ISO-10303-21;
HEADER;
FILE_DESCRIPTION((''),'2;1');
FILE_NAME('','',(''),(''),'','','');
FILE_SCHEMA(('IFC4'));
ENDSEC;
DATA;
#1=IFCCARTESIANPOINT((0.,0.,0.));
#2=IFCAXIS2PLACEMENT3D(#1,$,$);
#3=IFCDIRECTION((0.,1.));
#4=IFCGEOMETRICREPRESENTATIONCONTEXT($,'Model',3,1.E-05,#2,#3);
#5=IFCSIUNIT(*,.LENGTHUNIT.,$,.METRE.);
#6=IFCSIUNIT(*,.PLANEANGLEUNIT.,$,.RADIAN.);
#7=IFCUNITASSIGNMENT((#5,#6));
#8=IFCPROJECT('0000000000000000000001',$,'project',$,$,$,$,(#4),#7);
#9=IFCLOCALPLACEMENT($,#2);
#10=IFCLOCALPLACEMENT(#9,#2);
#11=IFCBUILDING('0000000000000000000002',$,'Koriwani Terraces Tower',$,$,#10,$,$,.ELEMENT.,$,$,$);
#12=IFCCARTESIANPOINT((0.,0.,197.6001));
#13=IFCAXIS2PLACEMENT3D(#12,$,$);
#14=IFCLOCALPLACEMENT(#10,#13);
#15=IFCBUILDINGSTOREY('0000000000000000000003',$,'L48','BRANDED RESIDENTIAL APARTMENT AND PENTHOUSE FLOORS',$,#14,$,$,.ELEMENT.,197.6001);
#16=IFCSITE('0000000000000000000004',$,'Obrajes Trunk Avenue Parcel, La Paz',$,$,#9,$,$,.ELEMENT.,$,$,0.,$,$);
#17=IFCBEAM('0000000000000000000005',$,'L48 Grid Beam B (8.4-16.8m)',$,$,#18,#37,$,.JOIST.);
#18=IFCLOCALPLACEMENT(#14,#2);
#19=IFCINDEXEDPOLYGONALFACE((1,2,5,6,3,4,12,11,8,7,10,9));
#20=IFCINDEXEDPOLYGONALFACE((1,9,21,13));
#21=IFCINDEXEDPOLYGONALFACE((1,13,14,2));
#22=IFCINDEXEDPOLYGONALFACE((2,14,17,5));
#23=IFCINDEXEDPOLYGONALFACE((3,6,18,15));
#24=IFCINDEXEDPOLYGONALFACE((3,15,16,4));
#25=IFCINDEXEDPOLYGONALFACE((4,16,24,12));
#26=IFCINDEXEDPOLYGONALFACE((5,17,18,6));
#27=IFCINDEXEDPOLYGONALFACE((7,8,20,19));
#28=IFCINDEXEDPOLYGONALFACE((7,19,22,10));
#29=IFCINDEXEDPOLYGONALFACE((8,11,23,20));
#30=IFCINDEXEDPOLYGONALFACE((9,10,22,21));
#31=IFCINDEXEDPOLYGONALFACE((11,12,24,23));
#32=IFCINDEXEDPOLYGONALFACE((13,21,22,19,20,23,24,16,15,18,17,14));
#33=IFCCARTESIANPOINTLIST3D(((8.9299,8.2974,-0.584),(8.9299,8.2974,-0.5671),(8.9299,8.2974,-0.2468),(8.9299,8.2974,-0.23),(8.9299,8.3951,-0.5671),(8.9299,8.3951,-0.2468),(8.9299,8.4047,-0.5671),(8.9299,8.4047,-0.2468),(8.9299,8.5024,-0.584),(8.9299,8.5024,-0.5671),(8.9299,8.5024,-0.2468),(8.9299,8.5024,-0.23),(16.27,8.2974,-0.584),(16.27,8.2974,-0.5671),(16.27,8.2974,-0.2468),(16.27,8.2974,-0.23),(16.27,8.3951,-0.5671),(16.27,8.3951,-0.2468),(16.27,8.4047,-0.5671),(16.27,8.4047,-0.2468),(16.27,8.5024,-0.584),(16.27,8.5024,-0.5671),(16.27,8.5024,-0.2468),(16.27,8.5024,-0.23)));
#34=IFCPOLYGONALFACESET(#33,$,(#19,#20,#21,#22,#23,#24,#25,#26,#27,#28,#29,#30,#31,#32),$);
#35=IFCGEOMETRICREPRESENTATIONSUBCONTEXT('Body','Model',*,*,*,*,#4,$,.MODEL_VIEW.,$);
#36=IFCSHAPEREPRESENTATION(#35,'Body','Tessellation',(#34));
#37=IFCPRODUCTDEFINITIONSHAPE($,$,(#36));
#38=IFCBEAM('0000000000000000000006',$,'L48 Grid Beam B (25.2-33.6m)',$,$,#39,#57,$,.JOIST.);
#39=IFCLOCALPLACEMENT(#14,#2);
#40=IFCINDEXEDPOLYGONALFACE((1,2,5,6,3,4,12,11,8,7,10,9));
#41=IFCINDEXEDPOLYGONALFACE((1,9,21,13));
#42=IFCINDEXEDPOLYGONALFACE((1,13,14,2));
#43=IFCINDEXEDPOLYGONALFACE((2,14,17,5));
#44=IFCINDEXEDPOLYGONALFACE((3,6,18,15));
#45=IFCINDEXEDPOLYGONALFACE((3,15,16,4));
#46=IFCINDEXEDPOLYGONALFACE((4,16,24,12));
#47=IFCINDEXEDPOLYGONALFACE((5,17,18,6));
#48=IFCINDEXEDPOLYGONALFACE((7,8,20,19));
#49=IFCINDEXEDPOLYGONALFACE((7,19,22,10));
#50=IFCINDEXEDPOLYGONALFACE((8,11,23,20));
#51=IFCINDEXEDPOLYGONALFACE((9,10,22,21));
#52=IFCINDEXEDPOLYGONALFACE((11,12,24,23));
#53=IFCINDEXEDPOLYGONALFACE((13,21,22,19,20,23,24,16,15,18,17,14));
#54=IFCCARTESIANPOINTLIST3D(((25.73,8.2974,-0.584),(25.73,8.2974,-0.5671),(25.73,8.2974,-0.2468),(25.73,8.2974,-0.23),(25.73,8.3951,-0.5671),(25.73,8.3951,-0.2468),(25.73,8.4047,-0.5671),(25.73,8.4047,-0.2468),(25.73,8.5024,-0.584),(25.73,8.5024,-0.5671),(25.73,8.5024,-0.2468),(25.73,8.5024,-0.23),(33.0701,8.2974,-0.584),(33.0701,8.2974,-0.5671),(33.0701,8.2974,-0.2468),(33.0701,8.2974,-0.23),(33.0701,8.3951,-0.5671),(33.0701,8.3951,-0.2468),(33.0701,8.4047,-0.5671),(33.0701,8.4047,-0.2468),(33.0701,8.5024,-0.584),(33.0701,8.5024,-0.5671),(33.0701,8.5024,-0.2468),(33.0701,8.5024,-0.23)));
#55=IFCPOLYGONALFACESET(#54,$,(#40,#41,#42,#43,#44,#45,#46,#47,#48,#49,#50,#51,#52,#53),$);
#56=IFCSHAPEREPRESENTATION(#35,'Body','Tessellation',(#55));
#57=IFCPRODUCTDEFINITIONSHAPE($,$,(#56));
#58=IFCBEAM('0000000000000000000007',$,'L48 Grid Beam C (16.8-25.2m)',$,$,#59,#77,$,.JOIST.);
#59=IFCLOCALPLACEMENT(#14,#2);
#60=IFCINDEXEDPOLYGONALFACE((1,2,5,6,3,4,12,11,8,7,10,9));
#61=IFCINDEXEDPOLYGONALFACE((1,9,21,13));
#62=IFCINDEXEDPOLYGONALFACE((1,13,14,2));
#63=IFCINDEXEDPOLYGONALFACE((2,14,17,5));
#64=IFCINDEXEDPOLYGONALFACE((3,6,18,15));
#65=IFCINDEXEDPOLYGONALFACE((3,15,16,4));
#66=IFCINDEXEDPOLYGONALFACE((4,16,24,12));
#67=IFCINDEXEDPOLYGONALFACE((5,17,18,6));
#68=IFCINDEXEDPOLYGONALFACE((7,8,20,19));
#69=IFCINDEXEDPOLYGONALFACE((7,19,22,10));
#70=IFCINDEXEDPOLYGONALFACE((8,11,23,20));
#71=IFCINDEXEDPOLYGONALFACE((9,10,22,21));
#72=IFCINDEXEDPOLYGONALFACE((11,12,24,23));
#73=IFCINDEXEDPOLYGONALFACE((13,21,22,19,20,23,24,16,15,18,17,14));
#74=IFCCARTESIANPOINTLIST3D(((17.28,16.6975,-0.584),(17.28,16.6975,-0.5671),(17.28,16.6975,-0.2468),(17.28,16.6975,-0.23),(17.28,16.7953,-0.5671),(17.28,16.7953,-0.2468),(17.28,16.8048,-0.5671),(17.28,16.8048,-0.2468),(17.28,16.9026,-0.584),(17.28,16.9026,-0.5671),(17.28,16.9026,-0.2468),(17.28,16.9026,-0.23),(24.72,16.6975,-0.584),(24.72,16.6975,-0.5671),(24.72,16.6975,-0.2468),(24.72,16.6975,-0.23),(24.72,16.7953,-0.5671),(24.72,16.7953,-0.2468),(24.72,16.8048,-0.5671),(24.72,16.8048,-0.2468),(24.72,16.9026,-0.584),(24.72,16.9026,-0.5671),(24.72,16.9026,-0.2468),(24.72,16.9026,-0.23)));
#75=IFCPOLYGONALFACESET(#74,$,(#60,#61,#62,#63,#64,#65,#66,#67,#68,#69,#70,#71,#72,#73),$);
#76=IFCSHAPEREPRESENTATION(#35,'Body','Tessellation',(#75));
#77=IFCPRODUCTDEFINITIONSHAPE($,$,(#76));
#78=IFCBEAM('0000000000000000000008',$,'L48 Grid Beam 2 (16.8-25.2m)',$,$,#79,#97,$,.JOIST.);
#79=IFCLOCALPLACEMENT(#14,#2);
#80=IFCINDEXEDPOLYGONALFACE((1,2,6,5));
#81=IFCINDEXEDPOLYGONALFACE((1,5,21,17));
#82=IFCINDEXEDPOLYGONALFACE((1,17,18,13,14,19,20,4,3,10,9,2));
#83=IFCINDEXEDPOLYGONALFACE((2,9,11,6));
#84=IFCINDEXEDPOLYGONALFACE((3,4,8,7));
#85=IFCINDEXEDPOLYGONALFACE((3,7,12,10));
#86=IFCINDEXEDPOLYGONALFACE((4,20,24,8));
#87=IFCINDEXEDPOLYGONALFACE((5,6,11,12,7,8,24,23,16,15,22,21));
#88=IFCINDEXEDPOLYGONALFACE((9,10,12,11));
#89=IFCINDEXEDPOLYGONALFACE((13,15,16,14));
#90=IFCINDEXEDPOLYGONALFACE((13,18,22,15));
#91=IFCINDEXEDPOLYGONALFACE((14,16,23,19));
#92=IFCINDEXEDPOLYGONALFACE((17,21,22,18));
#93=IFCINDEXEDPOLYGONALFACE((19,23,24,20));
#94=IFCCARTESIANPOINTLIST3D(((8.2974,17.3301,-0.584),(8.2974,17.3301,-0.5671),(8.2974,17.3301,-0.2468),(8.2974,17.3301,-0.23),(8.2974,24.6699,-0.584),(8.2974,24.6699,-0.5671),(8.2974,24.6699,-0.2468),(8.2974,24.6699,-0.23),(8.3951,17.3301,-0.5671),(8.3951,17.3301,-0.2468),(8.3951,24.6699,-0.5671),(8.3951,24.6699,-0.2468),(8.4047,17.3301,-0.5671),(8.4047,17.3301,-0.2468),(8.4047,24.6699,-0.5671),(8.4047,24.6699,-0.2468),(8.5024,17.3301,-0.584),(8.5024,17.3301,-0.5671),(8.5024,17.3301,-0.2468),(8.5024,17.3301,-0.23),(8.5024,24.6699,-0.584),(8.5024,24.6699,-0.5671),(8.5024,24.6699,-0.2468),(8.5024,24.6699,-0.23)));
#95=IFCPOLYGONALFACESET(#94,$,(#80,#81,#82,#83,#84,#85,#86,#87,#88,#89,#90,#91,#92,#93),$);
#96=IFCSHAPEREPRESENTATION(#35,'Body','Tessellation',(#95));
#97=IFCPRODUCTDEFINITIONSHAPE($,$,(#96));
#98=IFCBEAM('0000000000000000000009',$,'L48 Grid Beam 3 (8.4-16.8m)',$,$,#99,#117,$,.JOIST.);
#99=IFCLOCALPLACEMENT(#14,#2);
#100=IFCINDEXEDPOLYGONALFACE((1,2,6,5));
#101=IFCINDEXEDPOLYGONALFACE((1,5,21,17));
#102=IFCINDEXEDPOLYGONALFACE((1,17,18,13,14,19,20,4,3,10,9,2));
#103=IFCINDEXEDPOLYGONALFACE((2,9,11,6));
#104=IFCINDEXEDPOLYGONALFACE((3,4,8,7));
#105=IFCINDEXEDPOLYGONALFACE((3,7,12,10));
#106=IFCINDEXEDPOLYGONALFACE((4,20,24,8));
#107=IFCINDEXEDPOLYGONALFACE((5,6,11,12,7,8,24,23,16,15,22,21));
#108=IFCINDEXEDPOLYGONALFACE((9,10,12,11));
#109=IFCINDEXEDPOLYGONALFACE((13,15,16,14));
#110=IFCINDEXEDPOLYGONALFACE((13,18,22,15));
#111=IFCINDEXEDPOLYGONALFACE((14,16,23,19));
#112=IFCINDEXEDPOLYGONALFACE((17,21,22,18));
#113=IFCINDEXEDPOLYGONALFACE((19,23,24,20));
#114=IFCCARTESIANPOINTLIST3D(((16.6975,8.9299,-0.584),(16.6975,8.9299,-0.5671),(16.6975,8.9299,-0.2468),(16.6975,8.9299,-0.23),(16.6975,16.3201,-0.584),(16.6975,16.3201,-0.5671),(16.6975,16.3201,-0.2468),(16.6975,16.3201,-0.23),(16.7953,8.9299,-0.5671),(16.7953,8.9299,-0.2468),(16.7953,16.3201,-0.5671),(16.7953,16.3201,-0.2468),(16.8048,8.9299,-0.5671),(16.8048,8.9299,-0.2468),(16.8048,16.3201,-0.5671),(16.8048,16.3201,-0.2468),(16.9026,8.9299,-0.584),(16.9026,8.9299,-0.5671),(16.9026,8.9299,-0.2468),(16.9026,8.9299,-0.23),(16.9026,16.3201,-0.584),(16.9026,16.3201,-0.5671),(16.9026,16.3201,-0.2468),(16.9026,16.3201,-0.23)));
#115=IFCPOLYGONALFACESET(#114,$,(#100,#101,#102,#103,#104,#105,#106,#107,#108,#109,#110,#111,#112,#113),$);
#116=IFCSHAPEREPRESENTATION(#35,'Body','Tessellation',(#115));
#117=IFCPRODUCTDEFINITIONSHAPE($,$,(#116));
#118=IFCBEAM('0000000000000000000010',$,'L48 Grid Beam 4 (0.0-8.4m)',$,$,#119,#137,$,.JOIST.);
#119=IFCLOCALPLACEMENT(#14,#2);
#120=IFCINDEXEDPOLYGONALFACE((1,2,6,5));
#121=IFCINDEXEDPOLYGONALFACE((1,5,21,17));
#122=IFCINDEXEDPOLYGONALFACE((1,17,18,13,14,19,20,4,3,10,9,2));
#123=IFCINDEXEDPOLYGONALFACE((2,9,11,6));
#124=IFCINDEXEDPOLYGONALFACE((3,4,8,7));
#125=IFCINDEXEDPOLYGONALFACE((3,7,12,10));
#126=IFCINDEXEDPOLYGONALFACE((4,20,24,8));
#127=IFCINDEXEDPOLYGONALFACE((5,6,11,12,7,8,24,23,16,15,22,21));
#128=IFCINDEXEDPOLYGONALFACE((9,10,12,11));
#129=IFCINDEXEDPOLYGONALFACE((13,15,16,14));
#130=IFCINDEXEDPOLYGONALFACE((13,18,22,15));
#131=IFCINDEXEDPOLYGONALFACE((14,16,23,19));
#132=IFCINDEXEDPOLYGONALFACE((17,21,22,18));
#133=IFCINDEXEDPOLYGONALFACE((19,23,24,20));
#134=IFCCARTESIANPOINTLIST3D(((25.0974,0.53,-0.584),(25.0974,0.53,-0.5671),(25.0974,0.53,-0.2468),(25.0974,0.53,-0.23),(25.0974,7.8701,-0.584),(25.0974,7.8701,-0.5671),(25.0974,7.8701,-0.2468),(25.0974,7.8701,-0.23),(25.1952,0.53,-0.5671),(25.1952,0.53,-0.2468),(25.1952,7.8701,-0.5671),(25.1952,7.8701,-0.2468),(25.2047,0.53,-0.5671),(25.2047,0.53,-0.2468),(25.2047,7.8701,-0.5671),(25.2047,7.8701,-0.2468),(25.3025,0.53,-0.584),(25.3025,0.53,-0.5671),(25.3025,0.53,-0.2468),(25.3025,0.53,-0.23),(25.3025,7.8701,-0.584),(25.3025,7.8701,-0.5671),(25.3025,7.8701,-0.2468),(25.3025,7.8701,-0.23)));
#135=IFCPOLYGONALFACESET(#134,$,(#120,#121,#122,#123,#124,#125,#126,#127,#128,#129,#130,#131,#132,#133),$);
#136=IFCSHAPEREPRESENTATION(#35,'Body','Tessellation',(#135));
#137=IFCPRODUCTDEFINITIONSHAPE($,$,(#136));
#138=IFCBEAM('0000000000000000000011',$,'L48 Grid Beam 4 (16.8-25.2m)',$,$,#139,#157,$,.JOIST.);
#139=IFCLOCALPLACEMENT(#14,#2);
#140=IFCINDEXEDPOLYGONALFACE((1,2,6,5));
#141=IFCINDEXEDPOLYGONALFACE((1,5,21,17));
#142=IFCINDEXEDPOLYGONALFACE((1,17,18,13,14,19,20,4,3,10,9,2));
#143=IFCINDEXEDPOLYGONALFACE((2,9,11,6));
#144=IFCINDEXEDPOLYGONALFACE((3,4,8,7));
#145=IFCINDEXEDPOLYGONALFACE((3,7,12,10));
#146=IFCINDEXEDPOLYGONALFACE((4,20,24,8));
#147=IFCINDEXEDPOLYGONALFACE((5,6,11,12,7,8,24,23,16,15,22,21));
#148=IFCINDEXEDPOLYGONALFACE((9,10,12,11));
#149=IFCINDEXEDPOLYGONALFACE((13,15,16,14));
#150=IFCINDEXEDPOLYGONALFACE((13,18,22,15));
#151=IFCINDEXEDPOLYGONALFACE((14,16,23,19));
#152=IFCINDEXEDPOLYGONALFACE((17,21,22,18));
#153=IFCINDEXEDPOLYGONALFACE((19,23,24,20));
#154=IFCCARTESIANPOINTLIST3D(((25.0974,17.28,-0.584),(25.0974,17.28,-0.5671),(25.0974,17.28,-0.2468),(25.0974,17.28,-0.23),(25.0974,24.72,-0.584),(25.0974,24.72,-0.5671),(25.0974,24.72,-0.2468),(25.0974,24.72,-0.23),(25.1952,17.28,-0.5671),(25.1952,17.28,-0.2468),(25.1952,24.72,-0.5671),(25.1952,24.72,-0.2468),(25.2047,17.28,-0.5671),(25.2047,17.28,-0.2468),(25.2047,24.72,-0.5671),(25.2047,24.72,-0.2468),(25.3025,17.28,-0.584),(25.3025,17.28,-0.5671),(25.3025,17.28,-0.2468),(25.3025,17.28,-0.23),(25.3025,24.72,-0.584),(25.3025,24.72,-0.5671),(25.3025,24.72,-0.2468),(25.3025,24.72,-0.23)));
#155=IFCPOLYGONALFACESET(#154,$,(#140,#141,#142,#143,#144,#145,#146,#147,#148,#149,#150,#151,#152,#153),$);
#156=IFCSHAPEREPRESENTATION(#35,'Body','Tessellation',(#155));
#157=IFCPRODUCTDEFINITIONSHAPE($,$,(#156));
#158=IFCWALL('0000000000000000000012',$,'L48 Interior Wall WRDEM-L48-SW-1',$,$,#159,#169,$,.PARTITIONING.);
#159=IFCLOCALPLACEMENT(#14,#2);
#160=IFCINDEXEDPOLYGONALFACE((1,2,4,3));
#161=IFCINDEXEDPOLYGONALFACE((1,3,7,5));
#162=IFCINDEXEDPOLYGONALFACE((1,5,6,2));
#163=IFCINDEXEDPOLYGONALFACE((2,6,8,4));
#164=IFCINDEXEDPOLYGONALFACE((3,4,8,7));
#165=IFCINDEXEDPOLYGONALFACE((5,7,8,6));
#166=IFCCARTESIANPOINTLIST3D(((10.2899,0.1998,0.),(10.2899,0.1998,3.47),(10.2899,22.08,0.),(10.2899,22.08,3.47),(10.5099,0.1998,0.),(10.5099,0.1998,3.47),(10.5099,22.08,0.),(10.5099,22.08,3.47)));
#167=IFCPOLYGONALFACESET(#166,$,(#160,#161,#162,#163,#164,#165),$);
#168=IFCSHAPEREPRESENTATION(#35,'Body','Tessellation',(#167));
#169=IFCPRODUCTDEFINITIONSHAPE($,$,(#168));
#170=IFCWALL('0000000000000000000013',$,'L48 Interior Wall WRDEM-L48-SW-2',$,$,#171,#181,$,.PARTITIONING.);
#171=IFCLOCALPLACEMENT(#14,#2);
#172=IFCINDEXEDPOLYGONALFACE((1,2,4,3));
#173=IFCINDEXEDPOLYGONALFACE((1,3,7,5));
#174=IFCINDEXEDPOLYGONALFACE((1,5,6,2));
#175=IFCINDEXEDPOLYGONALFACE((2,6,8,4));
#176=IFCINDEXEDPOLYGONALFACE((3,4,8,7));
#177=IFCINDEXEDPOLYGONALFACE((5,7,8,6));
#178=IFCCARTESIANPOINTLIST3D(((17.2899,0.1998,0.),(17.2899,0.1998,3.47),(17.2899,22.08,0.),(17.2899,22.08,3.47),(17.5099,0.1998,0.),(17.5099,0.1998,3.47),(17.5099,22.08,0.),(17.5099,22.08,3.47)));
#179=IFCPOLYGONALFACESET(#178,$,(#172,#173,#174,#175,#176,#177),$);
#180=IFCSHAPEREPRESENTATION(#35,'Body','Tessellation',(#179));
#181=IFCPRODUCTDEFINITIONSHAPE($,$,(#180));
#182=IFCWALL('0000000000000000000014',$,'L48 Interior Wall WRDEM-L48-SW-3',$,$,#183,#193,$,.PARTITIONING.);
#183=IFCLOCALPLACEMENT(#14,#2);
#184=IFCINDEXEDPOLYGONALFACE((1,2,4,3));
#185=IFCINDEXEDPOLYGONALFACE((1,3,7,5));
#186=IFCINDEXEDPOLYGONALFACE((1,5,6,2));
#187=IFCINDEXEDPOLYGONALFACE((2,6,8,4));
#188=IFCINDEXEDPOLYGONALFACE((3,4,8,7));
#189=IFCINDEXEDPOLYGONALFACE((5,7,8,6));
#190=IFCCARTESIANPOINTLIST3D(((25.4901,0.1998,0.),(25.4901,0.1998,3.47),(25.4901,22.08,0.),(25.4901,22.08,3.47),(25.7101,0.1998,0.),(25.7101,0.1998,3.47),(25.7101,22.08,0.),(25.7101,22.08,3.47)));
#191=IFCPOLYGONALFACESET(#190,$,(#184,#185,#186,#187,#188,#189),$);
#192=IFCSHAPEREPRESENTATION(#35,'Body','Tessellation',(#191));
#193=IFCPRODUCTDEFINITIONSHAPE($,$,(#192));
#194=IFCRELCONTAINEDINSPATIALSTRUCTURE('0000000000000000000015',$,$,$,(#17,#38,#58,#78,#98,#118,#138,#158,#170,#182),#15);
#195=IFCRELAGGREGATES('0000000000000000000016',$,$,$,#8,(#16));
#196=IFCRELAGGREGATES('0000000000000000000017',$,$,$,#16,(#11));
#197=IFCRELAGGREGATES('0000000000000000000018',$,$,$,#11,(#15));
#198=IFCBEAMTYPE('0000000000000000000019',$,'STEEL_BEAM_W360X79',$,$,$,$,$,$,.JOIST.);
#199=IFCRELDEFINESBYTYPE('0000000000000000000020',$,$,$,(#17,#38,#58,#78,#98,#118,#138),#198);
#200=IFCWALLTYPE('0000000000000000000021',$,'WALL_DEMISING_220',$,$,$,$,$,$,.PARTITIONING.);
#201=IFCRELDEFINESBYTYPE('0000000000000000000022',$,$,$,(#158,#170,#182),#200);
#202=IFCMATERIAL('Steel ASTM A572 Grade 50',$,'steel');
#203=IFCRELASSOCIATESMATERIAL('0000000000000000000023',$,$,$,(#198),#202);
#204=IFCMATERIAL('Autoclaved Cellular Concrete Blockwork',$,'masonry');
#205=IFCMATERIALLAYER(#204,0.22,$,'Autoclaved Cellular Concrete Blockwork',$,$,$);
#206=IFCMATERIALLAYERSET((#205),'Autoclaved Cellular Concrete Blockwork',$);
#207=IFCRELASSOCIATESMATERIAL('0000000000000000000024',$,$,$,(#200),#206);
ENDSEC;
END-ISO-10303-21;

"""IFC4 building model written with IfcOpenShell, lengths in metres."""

from ifc_helpers import new_model, si_unit, direction, frame, frame_2d, origin, origin_2d, place, context, subcontext, project, spatial, rectangle, i_section, extrude, material, layer, layer_set, material_profile, profile_set, type_object, element, save


model = new_model("IFC4")

# Units and contexts
model_context = context("Model", 3, precision=1e-05, world=origin(), true_north=direction((0.0, 1.0)))
body_context = subcontext(model_context, "Body", "Model", "MODEL_VIEW")
ifc_project = project(units=[si_unit("LENGTHUNIT", "METRE"), si_unit("PLANEANGLEUNIT", "RADIAN")], contexts=[model_context])

# Site, building, storey
site_placement = place(None, origin())
site = spatial("IfcSite", under=ifc_project, at=site_placement, Name="Obrajes Trunk Avenue Parcel, La Paz", CompositionType="ELEMENT", RefElevation=0.0)
building_placement = place(site_placement, origin())
building = spatial("IfcBuilding", under=site, at=building_placement, Name="Koriwani Terraces Tower", CompositionType="ELEMENT")
storey_placement = place(building_placement, frame((0.0, 0.0, 197.6001)))
storey = spatial("IfcBuildingStorey", under=building, at=storey_placement, Name="L48", Description="BRANDED RESIDENTIAL APARTMENT AND PENTHOUSE FLOORS", CompositionType="ELEMENT", Elevation=197.6001)

# Beams
ifc_material_1 = material(Name="Steel ASTM A572 Grade 50", Category="steel")
ifc_material_profile_1 = material_profile(ifc_material_1, i_section(OverallWidth=0.2051, OverallDepth=0.354, WebThickness=0.0095, FlangeThickness=0.0168, at=origin_2d()), Name="Steel ASTM A572 Grade 50", Category="LoadBearing")
ifc_profile_set_1 = profile_set([ifc_material_profile_1], Name="Steel ASTM A572 Grade 50")
beam_type_1 = type_object("IfcBeamType", Name="STEEL_BEAM_W360X79", PredefinedType="JOIST", material=ifc_profile_set_1)
for number, where, z_axis, x_axis, name in (
    (1, (8.9299, 8.3999, -0.407), (1.0, 0.0, 0.0), (0.0, 1.0, 0.0), "L48 Grid Beam B (8.4-16.8m)"),
    (2, (25.73, 8.3999, -0.407), (1.0, 0.0, 0.0), (0.0, 1.0, 0.0), "L48 Grid Beam B (25.2-33.6m)"),
):
    element("IfcBeam", number, at=place(storey_placement, frame(where, z_axis=z_axis, x_axis=x_axis)), inside=storey, type_object=beam_type_1, Name=name, PredefinedType="JOIST", context=body_context, shape_type="SweptSolid", body=[
        extrude(i_section(OverallWidth=0.2051, OverallDepth=0.354, WebThickness=0.0095, FlangeThickness=0.0168, at=origin_2d()), origin(), (0.0, 0.0, 1.0), 7.3401),
    ])
beam_1_placement = place(storey_placement, frame((17.28, 16.8, -0.407), z_axis=(1.0, 0.0, 0.0), x_axis=(0.0, 1.0, 0.0)))
element("IfcBeam", 3, at=beam_1_placement, inside=storey, type_object=beam_type_1, Name="L48 Grid Beam C (16.8-25.2m)", PredefinedType="JOIST", context=body_context, shape_type="SweptSolid", body=[
    extrude(i_section(OverallWidth=0.2051, OverallDepth=0.354, WebThickness=0.0095, FlangeThickness=0.0168, at=origin_2d()), origin(), (0.0, 0.0, 1.0), 7.4399),
])
beam_2_placement = place(storey_placement, frame((8.3999, 17.3301, -0.407), z_axis=(0.0, 1.0, 0.0), x_axis=(-1.0, 0.0, 0.0)))
element("IfcBeam", 4, at=beam_2_placement, inside=storey, type_object=beam_type_1, Name="L48 Grid Beam 2 (16.8-25.2m)", PredefinedType="JOIST", context=body_context, shape_type="SweptSolid", body=[
    extrude(i_section(OverallWidth=0.2051, OverallDepth=0.354, WebThickness=0.0095, FlangeThickness=0.0168, at=origin_2d()), origin(), (0.0, 0.0, 1.0), 7.3398),
])
beam_3_placement = place(storey_placement, frame((16.8, 8.9299, -0.407), z_axis=(0.0, 1.0, 0.0), x_axis=(-1.0, 0.0, 0.0)))
element("IfcBeam", 5, at=beam_3_placement, inside=storey, type_object=beam_type_1, Name="L48 Grid Beam 3 (8.4-16.8m)", PredefinedType="JOIST", context=body_context, shape_type="SweptSolid", body=[
    extrude(i_section(OverallWidth=0.2051, OverallDepth=0.354, WebThickness=0.0095, FlangeThickness=0.0168, at=origin_2d()), origin(), (0.0, 0.0, 1.0), 7.3901),
])
beam_4_placement = place(storey_placement, frame((25.2, 0.53, -0.407), z_axis=(0.0, 1.0, 0.0), x_axis=(-1.0, 0.0, 0.0)))
element("IfcBeam", 6, at=beam_4_placement, inside=storey, type_object=beam_type_1, Name="L48 Grid Beam 4 (0.0-8.4m)", PredefinedType="JOIST", context=body_context, shape_type="SweptSolid", body=[
    extrude(i_section(OverallWidth=0.2051, OverallDepth=0.354, WebThickness=0.0095, FlangeThickness=0.0168, at=origin_2d()), origin(), (0.0, 0.0, 1.0), 7.3401),
])
beam_5_placement = place(storey_placement, frame((25.2, 17.28, -0.407), z_axis=(0.0, 1.0, 0.0), x_axis=(-1.0, 0.0, 0.0)))
element("IfcBeam", 7, at=beam_5_placement, inside=storey, type_object=beam_type_1, Name="L48 Grid Beam 4 (16.8-25.2m)", PredefinedType="JOIST", context=body_context, shape_type="SweptSolid", body=[
    extrude(i_section(OverallWidth=0.2051, OverallDepth=0.354, WebThickness=0.0095, FlangeThickness=0.0168, at=origin_2d()), origin(), (0.0, 0.0, 1.0), 7.4399),
])

# Walls
ifc_material_2 = material(Name="Autoclaved Cellular Concrete Blockwork", Category="masonry")
ifc_layer_1 = layer(ifc_material_2, 0.22, Name="Autoclaved Cellular Concrete Blockwork")
ifc_layer_set_1 = layer_set([ifc_layer_1], Name="Autoclaved Cellular Concrete Blockwork")
wall_type = type_object("IfcWallType", Name="WALL_DEMISING_220", PredefinedType="PARTITIONING", material=ifc_layer_set_1)
for number, where, z_axis, x_axis, name in (
    (8, (10.3999, 0.2, 0.0), (0.0, 0.0, 1.0), (0.0, 1.0, 0.0), "L48 Interior Wall WRDEM-L48-SW-1"),
    (9, (17.3999, 0.2, 0.0), (0.0, 0.0, 1.0), (0.0, 1.0, 0.0), "L48 Interior Wall WRDEM-L48-SW-2"),
    (10, (25.6001, 0.2, 0.0), (0.0, 0.0, 1.0), (0.0, 1.0, 0.0), "L48 Interior Wall WRDEM-L48-SW-3"),
):
    element("IfcWall", number, at=place(storey_placement, frame(where, z_axis=z_axis, x_axis=x_axis)), inside=storey, type_object=wall_type, Name=name, PredefinedType="PARTITIONING", context=body_context, shape_type="SweptSolid", body=[
        extrude(rectangle(XDim=21.8801, YDim=0.22, at=frame_2d((10.9399, 0.0))), origin(), (0.0, 0.0, 1.0), 3.47),
    ])

save(model, "model.ifc")
